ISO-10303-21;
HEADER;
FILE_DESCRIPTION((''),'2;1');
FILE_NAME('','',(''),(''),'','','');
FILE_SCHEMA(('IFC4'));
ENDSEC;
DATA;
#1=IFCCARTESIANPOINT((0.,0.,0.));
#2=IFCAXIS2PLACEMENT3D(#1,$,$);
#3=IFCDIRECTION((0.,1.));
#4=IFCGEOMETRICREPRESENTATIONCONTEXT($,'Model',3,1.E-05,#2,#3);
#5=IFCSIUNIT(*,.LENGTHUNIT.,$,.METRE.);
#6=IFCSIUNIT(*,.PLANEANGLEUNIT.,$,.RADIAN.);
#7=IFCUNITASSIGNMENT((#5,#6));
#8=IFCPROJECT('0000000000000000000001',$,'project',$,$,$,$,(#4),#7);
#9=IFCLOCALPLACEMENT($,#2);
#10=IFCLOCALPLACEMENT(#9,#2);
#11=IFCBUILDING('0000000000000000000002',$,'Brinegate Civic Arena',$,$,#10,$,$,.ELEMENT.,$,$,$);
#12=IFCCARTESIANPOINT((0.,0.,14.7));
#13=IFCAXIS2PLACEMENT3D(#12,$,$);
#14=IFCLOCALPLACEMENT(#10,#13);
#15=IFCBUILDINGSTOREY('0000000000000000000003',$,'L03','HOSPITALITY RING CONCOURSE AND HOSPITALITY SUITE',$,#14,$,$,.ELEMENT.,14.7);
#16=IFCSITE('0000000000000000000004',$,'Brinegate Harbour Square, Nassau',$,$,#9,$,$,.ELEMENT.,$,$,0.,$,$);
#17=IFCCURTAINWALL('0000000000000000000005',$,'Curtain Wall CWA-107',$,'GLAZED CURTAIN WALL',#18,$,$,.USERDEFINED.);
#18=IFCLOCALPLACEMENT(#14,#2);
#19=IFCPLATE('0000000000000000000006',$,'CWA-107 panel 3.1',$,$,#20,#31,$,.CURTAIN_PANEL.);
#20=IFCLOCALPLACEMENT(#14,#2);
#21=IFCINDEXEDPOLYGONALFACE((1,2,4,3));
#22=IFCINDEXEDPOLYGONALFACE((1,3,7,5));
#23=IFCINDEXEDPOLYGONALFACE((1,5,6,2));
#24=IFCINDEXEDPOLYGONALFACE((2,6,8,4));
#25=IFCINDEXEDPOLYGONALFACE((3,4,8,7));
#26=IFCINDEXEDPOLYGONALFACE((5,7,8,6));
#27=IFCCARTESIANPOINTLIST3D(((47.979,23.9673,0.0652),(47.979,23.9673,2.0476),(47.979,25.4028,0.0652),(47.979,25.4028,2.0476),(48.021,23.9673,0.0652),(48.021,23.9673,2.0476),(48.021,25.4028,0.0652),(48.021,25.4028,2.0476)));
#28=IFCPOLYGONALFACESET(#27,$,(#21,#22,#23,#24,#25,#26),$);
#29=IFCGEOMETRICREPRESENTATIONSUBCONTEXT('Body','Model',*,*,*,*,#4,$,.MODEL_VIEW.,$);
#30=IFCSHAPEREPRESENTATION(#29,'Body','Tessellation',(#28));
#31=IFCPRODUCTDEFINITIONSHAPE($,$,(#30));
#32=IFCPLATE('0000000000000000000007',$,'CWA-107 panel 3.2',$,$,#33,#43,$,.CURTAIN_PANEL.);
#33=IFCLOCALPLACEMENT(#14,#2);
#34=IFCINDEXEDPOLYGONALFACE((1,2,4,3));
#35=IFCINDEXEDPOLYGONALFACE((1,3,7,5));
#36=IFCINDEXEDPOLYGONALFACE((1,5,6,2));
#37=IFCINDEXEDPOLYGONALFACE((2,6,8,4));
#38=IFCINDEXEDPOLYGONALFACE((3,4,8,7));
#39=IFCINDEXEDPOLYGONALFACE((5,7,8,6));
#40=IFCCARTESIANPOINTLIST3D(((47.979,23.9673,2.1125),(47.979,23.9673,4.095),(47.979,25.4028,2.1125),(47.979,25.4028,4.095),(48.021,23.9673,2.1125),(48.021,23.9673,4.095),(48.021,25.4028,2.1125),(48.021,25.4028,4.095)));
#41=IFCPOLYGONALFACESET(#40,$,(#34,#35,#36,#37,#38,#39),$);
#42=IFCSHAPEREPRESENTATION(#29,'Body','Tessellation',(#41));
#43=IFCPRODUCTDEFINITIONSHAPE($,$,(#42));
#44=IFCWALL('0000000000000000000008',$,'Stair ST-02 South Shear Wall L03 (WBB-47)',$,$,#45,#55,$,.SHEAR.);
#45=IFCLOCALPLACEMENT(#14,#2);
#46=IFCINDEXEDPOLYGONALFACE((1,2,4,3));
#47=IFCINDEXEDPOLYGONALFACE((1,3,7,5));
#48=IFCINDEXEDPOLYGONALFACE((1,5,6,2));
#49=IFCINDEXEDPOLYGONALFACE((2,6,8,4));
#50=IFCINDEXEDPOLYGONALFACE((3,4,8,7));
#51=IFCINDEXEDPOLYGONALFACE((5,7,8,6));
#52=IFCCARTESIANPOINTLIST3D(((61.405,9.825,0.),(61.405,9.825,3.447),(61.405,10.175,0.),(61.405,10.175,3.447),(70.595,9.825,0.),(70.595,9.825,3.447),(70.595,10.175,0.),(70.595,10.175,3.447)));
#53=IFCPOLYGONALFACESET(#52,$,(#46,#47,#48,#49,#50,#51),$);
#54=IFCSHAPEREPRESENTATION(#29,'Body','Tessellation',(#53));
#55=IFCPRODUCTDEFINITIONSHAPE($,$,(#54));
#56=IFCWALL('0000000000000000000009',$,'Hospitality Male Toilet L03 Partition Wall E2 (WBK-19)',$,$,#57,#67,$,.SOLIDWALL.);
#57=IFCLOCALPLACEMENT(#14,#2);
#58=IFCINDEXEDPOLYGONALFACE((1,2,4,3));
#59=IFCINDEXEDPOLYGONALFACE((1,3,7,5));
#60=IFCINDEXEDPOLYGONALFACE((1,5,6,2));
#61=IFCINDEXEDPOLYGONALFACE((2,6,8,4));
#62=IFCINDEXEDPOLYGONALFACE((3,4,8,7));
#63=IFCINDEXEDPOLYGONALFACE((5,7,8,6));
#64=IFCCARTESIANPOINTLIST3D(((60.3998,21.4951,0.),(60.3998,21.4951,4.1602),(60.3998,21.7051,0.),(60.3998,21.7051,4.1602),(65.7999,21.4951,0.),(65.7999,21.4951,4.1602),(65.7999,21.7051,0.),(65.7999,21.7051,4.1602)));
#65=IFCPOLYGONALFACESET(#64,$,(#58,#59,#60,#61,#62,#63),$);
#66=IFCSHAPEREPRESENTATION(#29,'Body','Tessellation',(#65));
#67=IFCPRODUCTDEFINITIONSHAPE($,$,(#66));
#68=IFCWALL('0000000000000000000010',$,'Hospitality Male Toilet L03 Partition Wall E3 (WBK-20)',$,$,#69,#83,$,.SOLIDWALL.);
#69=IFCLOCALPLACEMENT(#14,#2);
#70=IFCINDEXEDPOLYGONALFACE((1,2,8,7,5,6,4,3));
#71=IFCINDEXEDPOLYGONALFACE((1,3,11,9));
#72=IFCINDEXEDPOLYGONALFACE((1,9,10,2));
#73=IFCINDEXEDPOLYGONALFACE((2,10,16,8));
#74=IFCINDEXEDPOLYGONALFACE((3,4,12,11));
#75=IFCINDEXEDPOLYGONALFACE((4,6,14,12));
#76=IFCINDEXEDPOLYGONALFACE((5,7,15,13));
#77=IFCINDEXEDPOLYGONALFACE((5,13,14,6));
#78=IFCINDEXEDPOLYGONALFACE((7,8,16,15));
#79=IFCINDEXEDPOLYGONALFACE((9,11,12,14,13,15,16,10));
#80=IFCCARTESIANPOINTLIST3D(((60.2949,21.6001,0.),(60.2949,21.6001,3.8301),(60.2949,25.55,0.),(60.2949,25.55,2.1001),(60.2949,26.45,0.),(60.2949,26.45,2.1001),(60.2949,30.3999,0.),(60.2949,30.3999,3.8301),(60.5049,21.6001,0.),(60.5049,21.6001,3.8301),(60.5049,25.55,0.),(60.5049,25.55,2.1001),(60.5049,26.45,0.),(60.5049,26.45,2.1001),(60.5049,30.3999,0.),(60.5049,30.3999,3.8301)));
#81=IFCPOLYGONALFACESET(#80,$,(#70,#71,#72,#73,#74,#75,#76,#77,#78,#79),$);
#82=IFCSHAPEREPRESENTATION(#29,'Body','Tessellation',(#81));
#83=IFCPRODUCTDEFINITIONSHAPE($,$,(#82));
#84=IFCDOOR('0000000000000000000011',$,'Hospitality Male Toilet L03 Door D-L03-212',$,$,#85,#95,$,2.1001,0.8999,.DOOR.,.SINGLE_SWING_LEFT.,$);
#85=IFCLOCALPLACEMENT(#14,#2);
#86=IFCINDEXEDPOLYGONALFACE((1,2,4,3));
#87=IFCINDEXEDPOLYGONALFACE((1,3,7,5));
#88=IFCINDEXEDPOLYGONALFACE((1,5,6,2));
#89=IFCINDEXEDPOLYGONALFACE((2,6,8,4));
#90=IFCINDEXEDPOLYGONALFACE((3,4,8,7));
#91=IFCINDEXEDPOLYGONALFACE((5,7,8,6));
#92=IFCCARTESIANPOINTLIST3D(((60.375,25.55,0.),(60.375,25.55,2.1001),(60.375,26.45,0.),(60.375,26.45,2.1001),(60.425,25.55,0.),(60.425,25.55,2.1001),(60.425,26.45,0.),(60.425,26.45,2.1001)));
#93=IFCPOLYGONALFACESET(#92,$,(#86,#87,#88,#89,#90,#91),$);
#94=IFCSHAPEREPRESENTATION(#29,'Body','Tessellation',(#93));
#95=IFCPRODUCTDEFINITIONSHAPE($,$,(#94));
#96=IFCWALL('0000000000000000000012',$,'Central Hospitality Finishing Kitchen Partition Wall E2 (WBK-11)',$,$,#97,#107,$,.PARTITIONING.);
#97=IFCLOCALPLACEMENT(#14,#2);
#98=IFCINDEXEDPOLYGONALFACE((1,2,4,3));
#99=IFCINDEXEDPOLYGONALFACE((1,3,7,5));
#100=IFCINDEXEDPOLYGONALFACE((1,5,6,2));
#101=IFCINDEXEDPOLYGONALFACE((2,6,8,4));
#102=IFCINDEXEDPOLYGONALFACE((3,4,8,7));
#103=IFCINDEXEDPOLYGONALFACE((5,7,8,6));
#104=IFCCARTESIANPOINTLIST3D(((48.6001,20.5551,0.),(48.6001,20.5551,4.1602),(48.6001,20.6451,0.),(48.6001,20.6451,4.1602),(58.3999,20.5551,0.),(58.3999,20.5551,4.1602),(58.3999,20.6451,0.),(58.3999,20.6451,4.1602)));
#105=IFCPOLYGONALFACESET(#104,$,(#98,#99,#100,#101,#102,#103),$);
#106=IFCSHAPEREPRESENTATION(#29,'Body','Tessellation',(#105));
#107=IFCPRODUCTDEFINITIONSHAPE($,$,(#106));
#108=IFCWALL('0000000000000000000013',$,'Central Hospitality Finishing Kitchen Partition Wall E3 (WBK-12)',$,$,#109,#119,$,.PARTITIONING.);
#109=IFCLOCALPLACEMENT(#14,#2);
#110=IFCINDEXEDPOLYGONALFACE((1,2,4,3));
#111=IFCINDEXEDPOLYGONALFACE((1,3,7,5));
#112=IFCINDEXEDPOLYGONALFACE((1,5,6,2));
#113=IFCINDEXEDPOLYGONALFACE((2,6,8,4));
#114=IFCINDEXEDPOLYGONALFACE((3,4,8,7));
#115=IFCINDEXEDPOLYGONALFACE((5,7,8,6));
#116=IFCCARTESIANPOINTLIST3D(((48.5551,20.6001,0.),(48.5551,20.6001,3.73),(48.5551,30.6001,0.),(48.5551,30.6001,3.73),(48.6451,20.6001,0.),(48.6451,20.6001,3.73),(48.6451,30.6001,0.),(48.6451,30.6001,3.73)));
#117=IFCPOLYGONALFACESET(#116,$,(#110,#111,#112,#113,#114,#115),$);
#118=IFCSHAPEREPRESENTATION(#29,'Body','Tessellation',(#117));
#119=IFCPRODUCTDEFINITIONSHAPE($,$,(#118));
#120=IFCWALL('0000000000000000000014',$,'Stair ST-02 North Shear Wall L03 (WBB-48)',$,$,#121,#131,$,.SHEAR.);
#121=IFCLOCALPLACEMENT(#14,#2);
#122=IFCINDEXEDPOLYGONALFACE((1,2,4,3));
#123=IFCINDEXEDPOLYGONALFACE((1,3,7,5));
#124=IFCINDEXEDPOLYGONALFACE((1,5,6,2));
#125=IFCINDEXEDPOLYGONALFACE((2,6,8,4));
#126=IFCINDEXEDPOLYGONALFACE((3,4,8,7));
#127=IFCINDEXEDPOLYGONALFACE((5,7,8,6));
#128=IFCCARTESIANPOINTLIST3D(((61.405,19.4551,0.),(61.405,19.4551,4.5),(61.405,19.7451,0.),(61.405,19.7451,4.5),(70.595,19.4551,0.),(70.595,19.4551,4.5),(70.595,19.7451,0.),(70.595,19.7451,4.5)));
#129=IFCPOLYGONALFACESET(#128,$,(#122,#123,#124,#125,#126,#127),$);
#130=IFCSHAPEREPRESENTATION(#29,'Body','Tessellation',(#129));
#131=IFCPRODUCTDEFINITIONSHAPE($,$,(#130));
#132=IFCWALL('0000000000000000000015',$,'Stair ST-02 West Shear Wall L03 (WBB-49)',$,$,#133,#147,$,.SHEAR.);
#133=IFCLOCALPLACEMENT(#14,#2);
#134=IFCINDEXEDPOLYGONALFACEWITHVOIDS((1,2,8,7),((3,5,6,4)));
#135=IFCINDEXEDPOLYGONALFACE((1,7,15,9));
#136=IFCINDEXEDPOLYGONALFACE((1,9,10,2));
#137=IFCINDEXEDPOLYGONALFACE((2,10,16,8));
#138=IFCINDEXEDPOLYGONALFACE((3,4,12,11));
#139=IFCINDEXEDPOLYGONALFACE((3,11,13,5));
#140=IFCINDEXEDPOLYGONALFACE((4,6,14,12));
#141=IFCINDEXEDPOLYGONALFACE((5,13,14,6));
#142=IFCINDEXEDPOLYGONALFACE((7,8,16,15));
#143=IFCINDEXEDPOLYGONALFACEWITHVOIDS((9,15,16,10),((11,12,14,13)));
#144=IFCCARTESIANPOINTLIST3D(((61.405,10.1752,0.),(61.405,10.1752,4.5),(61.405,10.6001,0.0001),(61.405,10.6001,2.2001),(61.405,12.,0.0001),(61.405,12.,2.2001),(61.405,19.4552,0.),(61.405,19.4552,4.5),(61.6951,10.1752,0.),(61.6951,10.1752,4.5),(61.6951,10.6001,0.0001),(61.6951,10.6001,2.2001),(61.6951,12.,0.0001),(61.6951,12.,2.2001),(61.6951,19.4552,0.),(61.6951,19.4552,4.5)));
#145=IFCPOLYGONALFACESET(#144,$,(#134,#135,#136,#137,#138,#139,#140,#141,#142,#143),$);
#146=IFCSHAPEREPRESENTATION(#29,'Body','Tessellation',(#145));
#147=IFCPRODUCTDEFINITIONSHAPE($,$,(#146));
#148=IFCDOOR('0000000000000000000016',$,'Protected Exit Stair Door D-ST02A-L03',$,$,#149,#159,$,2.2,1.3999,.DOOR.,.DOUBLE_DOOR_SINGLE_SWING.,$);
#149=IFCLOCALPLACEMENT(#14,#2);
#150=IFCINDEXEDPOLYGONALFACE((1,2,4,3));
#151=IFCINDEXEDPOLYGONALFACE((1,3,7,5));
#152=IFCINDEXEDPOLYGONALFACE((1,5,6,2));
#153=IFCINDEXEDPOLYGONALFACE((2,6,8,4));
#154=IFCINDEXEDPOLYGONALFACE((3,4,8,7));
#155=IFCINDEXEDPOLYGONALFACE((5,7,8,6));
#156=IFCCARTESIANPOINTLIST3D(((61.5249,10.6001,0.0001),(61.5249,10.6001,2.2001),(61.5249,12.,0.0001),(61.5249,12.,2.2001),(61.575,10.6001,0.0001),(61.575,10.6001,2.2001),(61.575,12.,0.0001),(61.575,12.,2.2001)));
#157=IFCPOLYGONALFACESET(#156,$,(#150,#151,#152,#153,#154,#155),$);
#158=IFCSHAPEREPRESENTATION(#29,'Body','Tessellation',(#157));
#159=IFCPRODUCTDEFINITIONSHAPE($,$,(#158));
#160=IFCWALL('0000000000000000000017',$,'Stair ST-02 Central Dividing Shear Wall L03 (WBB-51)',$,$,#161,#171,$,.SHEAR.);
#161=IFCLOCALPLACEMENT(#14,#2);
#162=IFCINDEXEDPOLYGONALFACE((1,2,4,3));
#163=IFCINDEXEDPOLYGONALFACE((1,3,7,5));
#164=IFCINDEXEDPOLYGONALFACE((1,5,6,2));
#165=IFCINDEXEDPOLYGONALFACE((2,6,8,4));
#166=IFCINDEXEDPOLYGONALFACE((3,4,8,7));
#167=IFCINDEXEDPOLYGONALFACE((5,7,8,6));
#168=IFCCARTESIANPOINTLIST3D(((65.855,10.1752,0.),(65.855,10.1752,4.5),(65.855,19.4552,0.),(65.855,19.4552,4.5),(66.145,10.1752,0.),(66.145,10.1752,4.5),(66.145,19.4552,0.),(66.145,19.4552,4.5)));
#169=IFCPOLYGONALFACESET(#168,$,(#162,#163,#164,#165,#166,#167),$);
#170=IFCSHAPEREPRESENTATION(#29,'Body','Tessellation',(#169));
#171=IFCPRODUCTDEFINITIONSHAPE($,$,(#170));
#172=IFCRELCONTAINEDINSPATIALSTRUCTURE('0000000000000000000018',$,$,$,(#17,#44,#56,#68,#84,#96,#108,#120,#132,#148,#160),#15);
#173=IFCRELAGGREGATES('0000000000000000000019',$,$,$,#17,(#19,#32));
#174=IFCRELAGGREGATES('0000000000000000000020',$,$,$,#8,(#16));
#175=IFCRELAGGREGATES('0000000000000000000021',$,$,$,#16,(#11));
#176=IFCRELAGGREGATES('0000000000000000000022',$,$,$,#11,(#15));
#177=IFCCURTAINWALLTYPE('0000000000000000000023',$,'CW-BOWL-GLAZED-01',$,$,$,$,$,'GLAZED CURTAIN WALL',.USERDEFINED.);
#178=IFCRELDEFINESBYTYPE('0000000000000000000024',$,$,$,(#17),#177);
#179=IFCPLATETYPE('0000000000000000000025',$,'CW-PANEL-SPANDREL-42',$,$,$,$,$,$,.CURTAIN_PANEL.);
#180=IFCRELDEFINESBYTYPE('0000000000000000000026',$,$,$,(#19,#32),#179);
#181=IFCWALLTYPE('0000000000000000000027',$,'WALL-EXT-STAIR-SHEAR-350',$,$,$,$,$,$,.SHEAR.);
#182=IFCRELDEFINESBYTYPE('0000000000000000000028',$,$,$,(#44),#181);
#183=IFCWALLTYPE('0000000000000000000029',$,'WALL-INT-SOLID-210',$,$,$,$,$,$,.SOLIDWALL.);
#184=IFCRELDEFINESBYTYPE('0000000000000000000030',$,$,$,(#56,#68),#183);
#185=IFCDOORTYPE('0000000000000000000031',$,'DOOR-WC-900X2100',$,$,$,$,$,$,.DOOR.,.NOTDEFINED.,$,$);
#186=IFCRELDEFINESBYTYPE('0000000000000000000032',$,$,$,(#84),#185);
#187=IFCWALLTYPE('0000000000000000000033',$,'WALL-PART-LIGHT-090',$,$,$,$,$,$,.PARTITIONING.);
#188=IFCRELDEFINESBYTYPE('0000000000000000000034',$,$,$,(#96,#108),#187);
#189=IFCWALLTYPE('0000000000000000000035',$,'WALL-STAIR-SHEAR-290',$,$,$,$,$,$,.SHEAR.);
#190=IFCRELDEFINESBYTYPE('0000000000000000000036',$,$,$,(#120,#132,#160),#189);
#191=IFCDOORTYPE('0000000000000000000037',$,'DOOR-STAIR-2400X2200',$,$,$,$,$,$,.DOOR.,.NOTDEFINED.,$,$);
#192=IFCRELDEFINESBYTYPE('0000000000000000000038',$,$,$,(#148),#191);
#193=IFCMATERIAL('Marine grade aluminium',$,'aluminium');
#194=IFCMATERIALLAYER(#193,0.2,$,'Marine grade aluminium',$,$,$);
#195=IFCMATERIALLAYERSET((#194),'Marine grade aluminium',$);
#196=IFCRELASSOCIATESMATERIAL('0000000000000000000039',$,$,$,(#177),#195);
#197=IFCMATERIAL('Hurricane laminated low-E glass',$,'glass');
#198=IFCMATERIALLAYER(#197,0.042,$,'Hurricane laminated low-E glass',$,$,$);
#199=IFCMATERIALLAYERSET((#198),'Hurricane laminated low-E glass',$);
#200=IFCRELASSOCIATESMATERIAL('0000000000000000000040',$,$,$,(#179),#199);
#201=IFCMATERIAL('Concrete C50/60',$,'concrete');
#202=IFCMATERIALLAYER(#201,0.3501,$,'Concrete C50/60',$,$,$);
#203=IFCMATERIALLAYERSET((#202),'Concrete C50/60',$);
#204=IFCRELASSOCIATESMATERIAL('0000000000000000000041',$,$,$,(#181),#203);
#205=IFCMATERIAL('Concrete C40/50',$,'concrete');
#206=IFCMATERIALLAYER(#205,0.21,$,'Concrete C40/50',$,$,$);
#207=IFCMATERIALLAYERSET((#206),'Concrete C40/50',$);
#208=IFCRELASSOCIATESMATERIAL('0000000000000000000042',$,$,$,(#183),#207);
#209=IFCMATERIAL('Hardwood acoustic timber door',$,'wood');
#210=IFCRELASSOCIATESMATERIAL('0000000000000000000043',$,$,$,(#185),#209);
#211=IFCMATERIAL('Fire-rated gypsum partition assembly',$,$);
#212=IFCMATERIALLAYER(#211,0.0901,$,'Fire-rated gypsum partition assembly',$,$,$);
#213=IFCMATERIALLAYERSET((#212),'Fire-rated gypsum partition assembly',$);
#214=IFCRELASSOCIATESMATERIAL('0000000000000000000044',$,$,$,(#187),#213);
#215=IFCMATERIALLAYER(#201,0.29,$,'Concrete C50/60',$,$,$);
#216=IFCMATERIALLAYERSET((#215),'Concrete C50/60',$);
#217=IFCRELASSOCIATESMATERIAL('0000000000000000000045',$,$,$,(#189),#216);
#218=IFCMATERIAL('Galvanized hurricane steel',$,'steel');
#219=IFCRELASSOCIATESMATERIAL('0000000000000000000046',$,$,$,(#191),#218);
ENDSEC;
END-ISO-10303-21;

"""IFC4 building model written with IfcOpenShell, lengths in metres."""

from ifc_helpers import new_model, si_unit, direction, frame, frame_2d, origin, origin_2d, place, context, subcontext, project, spatial, rectangle, extrude, material, layer, layer_set, type_object, element, fill, aggregate, save


model = new_model("IFC4")

# Units and contexts
model_context = context("Model", 3, precision=1e-05, world=origin(), true_north=direction((0.0, 1.0)))
body_context = subcontext(model_context, "Body", "Model", "MODEL_VIEW")
ifc_project = project(units=[si_unit("LENGTHUNIT", "METRE"), si_unit("PLANEANGLEUNIT", "RADIAN")], contexts=[model_context])

# Site, building, storey
site_placement = place(None, origin())
site = spatial("IfcSite", under=ifc_project, at=site_placement, Name="Brinegate Harbour Square, Nassau", CompositionType="ELEMENT", RefElevation=0.0)
building_placement = place(site_placement, origin())
building = spatial("IfcBuilding", under=site, at=building_placement, Name="Brinegate Civic Arena", CompositionType="ELEMENT")
storey_placement = place(building_placement, frame((0.0, 0.0, 14.7)))
storey = spatial("IfcBuildingStorey", under=building, at=storey_placement, Name="L03", Description="HOSPITALITY RING CONCOURSE AND HOSPITALITY SUITE", CompositionType="ELEMENT", Elevation=14.7)

# Shared definitions
ifc_material_1 = material(Name="Concrete C50/60", Category="concrete")

# Curtain wall
ifc_material_2 = material(Name="Marine grade aluminium", Category="aluminium")
ifc_layer_1 = layer(ifc_material_2, 0.2, Name="Marine grade aluminium")
ifc_layer_set_1 = layer_set([ifc_layer_1], Name="Marine grade aluminium")
curtain_wall_type = type_object("IfcCurtainWallType", Name="CW-BOWL-GLAZED-01", ElementType="GLAZED CURTAIN WALL", PredefinedType="USERDEFINED", material=ifc_layer_set_1)
curtain_wall_placement = place(storey_placement, origin())
curtain_wall = element("IfcCurtainWall", 1, at=curtain_wall_placement, inside=storey, type_object=curtain_wall_type, Name="Curtain Wall CWA-107", ObjectType="GLAZED CURTAIN WALL", PredefinedType="USERDEFINED")

# Plates
ifc_material_3 = material(Name="Hurricane laminated low-E glass", Category="glass")
ifc_layer_2 = layer(ifc_material_3, 0.042, Name="Hurricane laminated low-E glass")
ifc_layer_set_2 = layer_set([ifc_layer_2], Name="Hurricane laminated low-E glass")
plate_type = type_object("IfcPlateType", Name="CW-PANEL-SPANDREL-42", PredefinedType="CURTAIN_PANEL", material=ifc_layer_set_2)
plate_1_placement = place(storey_placement, frame((48.0, 24.6851, 0.0652), z_axis=(0.0, 0.0, 1.0), x_axis=(0.0, 1.0, 0.0)))
plate_1 = element("IfcPlate", 2, at=plate_1_placement, type_object=plate_type, Name="CWA-107 panel 3.1", PredefinedType="CURTAIN_PANEL", context=body_context, shape_type="SweptSolid", body=[
    extrude(rectangle(XDim=1.4355, YDim=0.042, at=origin_2d()), origin(), (0.0, 0.0, 1.0), 1.9824),
])
plate_2_placement = place(storey_placement, frame((48.0, 24.6851, 2.1125), z_axis=(0.0, 0.0, 1.0), x_axis=(0.0, 1.0, 0.0)))
plate_2 = element("IfcPlate", 3, at=plate_2_placement, type_object=plate_type, Name="CWA-107 panel 3.2", PredefinedType="CURTAIN_PANEL", context=body_context, shape_type="SweptSolid", body=[
    extrude(rectangle(XDim=1.4355, YDim=0.042, at=origin_2d()), origin(), (0.0, 0.0, 1.0), 1.9824),
])
aggregate(curtain_wall, [plate_1, plate_2])

# Walls
ifc_layer_3 = layer(ifc_material_1, 0.3501, Name="Concrete C50/60")
ifc_layer_set_3 = layer_set([ifc_layer_3], Name="Concrete C50/60")
wall_type_1 = type_object("IfcWallType", Name="WALL-EXT-STAIR-SHEAR-350", PredefinedType="SHEAR", material=ifc_layer_set_3)
wall_1_placement = place(storey_placement, frame((61.405, 10.0, 0.0), z_axis=(0.0, 0.0, 1.0), x_axis=(1.0, 0.0, 0.0)))
element("IfcWall", 4, at=wall_1_placement, inside=storey, type_object=wall_type_1, Name="Stair ST-02 South Shear Wall L03 (WBB-47)", PredefinedType="SHEAR", context=body_context, shape_type="SweptSolid", body=[
    extrude(rectangle(XDim=9.1899, YDim=0.3501, at=frame_2d((4.595, 0.0))), origin(), (0.0, 0.0, 1.0), 3.447),
])
ifc_material_4 = material(Name="Concrete C40/50", Category="concrete")
ifc_layer_4 = layer(ifc_material_4, 0.21, Name="Concrete C40/50")
ifc_layer_set_4 = layer_set([ifc_layer_4], Name="Concrete C40/50")
wall_type_2 = type_object("IfcWallType", Name="WALL-INT-SOLID-210", PredefinedType="SOLIDWALL", material=ifc_layer_set_4)
wall_2_placement = place(storey_placement, frame((65.8, 21.6001, 0.0), z_axis=(0.0, 0.0, 1.0), x_axis=(-1.0, 0.0, 0.0)))
element("IfcWall", 5, at=wall_2_placement, inside=storey, type_object=wall_type_2, Name="Hospitality Male Toilet L03 Partition Wall E2 (WBK-19)", PredefinedType="SOLIDWALL", context=body_context, shape_type="SweptSolid", body=[
    extrude(rectangle(XDim=5.4001, YDim=0.21, at=frame_2d((2.7002, 0.0))), origin(), (0.0, 0.0, 1.0), 4.1602),
])

# Wall, opening, door
wall_3_placement = place(storey_placement, frame((60.3999, 21.6001, 0.0), z_axis=(0.0, 0.0, 1.0), x_axis=(0.0, 1.0, 0.0)))
wall_3 = element("IfcWall", 6, at=wall_3_placement, inside=storey, type_object=wall_type_2, Name="Hospitality Male Toilet L03 Partition Wall E3 (WBK-20)", PredefinedType="SOLIDWALL", context=body_context, shape_type="SweptSolid", body=[
    extrude(rectangle(XDim=8.7998, YDim=0.21, at=frame_2d((4.3999, 0.0))), origin(), (0.0, 0.0, 1.0), 3.8301),
])
opening_1_placement = place(wall_3_placement, frame((3.95, 0.0, 0.0)))
opening_1 = element("IfcOpeningElement", 7, at=opening_1_placement, cuts=wall_3, PredefinedType="OPENING", context=body_context, shape_type="SweptSolid", body=[
    extrude(rectangle(XDim=0.8999, YDim=2.1001, at=frame_2d((0.45, 1.05))), frame((0.0, 0.115, 0.0), z_axis=(0.0, -1.0, 0.0), x_axis=(1.0, 0.0, 0.0)), (0.0, 0.0, 1.0), 0.23),
])
ifc_material_5 = material(Name="Hardwood acoustic timber door", Category="wood")
door_type_1 = type_object("IfcDoorType", Name="DOOR-WC-900X2100", OperationType="NOTDEFINED", PredefinedType="DOOR", material=ifc_material_5)
door_1_placement = place(opening_1_placement, origin())
door_1 = element("IfcDoor", 8, at=door_1_placement, inside=storey, type_object=door_type_1, Name="Hospitality Male Toilet L03 Door D-L03-212", OperationType="SINGLE_SWING_LEFT", OverallHeight=2.1001, OverallWidth=0.8999, PredefinedType="DOOR", context=body_context, shape_type="SweptSolid", body=[
    extrude(rectangle(XDim=0.8999, YDim=2.1001, at=frame_2d((0.45, 1.05))), frame((0.0, 0.0249, 0.0), z_axis=(0.0, -1.0, 0.0), x_axis=(1.0, 0.0, 0.0)), (0.0, 0.0, 1.0), 0.05),
])
fill(opening_1, door_1)

# Walls
ifc_material_6 = material(Name="Fire-rated gypsum partition assembly")
ifc_layer_5 = layer(ifc_material_6, 0.0901, Name="Fire-rated gypsum partition assembly")
ifc_layer_set_5 = layer_set([ifc_layer_5], Name="Fire-rated gypsum partition assembly")
wall_type_3 = type_object("IfcWallType", Name="WALL-PART-LIGHT-090", PredefinedType="PARTITIONING", material=ifc_layer_set_5)
wall_4_placement = place(storey_placement, frame((58.3999, 20.6001, 0.0), z_axis=(0.0, 0.0, 1.0), x_axis=(-1.0, 0.0, 0.0)))
element("IfcWall", 9, at=wall_4_placement, inside=storey, type_object=wall_type_3, Name="Central Hospitality Finishing Kitchen Partition Wall E2 (WBK-11)", PredefinedType="PARTITIONING", context=body_context, shape_type="SweptSolid", body=[
    extrude(rectangle(XDim=9.7998, YDim=0.0901, at=frame_2d((4.8999, 0.0))), origin(), (0.0, 0.0, 1.0), 4.1602),
])
wall_5_placement = place(storey_placement, frame((48.6001, 20.6001, 0.0), z_axis=(0.0, 0.0, 1.0), x_axis=(0.0, 1.0, 0.0)))
element("IfcWall", 10, at=wall_5_placement, inside=storey, type_object=wall_type_3, Name="Central Hospitality Finishing Kitchen Partition Wall E3 (WBK-12)", PredefinedType="PARTITIONING", context=body_context, shape_type="SweptSolid", body=[
    extrude(rectangle(XDim=10.0, YDim=0.0901, at=frame_2d((5.0, 0.0))), origin(), (0.0, 0.0, 1.0), 3.73),
])
ifc_layer_6 = layer(ifc_material_1, 0.29, Name="Concrete C50/60")
ifc_layer_set_6 = layer_set([ifc_layer_6], Name="Concrete C50/60")
wall_type_4 = type_object("IfcWallType", Name="WALL-STAIR-SHEAR-290", PredefinedType="SHEAR", material=ifc_layer_set_6)
wall_6_placement = place(storey_placement, frame((61.405, 19.6001, 0.0), z_axis=(0.0, 0.0, 1.0), x_axis=(1.0, 0.0, 0.0)))
element("IfcWall", 11, at=wall_6_placement, inside=storey, type_object=wall_type_4, Name="Stair ST-02 North Shear Wall L03 (WBB-48)", PredefinedType="SHEAR", context=body_context, shape_type="SweptSolid", body=[
    extrude(rectangle(XDim=9.1899, YDim=0.29, at=frame_2d((4.595, 0.0))), origin(), (0.0, 0.0, 1.0), 4.5),
])

# Wall, opening, door
wall_7_placement = place(storey_placement, frame((61.55, 10.175, 0.0), z_axis=(0.0, 0.0, 1.0), x_axis=(0.0, 1.0, 0.0)))
wall_7 = element("IfcWall", 12, at=wall_7_placement, inside=storey, type_object=wall_type_4, Name="Stair ST-02 West Shear Wall L03 (WBB-49)", PredefinedType="SHEAR", context=body_context, shape_type="SweptSolid", body=[
    extrude(rectangle(XDim=9.28, YDim=0.29, at=frame_2d((4.6401, 0.0))), origin(), (0.0, 0.0, 1.0), 4.5),
])
opening_2_placement = place(wall_7_placement, frame((0.425, 0.0, 0.0)))
opening_2 = element("IfcOpeningElement", 13, at=opening_2_placement, cuts=wall_7, PredefinedType="OPENING", context=body_context, shape_type="SweptSolid", body=[
    extrude(rectangle(XDim=1.3999, YDim=2.2, at=frame_2d((0.7, 1.1001))), frame((0.0, 0.155, 0.0), z_axis=(0.0, -1.0, 0.0), x_axis=(1.0, 0.0, 0.0)), (0.0, 0.0, 1.0), 0.3101),
])
ifc_material_7 = material(Name="Galvanized hurricane steel", Category="steel")
door_type_2 = type_object("IfcDoorType", Name="DOOR-STAIR-2400X2200", OperationType="NOTDEFINED", PredefinedType="DOOR", material=ifc_material_7)
door_2_placement = place(opening_2_placement, frame((1.3999, 0.0, 0.0), z_axis=(0.0, 0.0, 1.0), x_axis=(-1.0, 0.0, 0.0)))
door_2 = element("IfcDoor", 14, at=door_2_placement, inside=storey, type_object=door_type_2, Name="Protected Exit Stair Door D-ST02A-L03", OperationType="DOUBLE_DOOR_SINGLE_SWING", OverallHeight=2.2, OverallWidth=1.3999, PredefinedType="DOOR", context=body_context, shape_type="SweptSolid", body=[
    extrude(rectangle(XDim=1.3999, YDim=2.2, at=frame_2d((0.7, 1.1001))), frame((0.0, 0.0249, 0.0), z_axis=(0.0, -1.0, 0.0), x_axis=(1.0, 0.0, 0.0)), (0.0, 0.0, 1.0), 0.05),
])
fill(opening_2, door_2)

# Wall
wall_8_placement = place(storey_placement, frame((66.0, 10.175, 0.0), z_axis=(0.0, 0.0, 1.0), x_axis=(0.0, 1.0, 0.0)))
element("IfcWall", 15, at=wall_8_placement, inside=storey, type_object=wall_type_4, Name="Stair ST-02 Central Dividing Shear Wall L03 (WBB-51)", PredefinedType="SHEAR", context=body_context, shape_type="SweptSolid", body=[
    extrude(rectangle(XDim=9.28, YDim=0.29, at=frame_2d((4.6401, 0.0))), origin(), (0.0, 0.0, 1.0), 4.5),
])

save(model, "model.ifc")
